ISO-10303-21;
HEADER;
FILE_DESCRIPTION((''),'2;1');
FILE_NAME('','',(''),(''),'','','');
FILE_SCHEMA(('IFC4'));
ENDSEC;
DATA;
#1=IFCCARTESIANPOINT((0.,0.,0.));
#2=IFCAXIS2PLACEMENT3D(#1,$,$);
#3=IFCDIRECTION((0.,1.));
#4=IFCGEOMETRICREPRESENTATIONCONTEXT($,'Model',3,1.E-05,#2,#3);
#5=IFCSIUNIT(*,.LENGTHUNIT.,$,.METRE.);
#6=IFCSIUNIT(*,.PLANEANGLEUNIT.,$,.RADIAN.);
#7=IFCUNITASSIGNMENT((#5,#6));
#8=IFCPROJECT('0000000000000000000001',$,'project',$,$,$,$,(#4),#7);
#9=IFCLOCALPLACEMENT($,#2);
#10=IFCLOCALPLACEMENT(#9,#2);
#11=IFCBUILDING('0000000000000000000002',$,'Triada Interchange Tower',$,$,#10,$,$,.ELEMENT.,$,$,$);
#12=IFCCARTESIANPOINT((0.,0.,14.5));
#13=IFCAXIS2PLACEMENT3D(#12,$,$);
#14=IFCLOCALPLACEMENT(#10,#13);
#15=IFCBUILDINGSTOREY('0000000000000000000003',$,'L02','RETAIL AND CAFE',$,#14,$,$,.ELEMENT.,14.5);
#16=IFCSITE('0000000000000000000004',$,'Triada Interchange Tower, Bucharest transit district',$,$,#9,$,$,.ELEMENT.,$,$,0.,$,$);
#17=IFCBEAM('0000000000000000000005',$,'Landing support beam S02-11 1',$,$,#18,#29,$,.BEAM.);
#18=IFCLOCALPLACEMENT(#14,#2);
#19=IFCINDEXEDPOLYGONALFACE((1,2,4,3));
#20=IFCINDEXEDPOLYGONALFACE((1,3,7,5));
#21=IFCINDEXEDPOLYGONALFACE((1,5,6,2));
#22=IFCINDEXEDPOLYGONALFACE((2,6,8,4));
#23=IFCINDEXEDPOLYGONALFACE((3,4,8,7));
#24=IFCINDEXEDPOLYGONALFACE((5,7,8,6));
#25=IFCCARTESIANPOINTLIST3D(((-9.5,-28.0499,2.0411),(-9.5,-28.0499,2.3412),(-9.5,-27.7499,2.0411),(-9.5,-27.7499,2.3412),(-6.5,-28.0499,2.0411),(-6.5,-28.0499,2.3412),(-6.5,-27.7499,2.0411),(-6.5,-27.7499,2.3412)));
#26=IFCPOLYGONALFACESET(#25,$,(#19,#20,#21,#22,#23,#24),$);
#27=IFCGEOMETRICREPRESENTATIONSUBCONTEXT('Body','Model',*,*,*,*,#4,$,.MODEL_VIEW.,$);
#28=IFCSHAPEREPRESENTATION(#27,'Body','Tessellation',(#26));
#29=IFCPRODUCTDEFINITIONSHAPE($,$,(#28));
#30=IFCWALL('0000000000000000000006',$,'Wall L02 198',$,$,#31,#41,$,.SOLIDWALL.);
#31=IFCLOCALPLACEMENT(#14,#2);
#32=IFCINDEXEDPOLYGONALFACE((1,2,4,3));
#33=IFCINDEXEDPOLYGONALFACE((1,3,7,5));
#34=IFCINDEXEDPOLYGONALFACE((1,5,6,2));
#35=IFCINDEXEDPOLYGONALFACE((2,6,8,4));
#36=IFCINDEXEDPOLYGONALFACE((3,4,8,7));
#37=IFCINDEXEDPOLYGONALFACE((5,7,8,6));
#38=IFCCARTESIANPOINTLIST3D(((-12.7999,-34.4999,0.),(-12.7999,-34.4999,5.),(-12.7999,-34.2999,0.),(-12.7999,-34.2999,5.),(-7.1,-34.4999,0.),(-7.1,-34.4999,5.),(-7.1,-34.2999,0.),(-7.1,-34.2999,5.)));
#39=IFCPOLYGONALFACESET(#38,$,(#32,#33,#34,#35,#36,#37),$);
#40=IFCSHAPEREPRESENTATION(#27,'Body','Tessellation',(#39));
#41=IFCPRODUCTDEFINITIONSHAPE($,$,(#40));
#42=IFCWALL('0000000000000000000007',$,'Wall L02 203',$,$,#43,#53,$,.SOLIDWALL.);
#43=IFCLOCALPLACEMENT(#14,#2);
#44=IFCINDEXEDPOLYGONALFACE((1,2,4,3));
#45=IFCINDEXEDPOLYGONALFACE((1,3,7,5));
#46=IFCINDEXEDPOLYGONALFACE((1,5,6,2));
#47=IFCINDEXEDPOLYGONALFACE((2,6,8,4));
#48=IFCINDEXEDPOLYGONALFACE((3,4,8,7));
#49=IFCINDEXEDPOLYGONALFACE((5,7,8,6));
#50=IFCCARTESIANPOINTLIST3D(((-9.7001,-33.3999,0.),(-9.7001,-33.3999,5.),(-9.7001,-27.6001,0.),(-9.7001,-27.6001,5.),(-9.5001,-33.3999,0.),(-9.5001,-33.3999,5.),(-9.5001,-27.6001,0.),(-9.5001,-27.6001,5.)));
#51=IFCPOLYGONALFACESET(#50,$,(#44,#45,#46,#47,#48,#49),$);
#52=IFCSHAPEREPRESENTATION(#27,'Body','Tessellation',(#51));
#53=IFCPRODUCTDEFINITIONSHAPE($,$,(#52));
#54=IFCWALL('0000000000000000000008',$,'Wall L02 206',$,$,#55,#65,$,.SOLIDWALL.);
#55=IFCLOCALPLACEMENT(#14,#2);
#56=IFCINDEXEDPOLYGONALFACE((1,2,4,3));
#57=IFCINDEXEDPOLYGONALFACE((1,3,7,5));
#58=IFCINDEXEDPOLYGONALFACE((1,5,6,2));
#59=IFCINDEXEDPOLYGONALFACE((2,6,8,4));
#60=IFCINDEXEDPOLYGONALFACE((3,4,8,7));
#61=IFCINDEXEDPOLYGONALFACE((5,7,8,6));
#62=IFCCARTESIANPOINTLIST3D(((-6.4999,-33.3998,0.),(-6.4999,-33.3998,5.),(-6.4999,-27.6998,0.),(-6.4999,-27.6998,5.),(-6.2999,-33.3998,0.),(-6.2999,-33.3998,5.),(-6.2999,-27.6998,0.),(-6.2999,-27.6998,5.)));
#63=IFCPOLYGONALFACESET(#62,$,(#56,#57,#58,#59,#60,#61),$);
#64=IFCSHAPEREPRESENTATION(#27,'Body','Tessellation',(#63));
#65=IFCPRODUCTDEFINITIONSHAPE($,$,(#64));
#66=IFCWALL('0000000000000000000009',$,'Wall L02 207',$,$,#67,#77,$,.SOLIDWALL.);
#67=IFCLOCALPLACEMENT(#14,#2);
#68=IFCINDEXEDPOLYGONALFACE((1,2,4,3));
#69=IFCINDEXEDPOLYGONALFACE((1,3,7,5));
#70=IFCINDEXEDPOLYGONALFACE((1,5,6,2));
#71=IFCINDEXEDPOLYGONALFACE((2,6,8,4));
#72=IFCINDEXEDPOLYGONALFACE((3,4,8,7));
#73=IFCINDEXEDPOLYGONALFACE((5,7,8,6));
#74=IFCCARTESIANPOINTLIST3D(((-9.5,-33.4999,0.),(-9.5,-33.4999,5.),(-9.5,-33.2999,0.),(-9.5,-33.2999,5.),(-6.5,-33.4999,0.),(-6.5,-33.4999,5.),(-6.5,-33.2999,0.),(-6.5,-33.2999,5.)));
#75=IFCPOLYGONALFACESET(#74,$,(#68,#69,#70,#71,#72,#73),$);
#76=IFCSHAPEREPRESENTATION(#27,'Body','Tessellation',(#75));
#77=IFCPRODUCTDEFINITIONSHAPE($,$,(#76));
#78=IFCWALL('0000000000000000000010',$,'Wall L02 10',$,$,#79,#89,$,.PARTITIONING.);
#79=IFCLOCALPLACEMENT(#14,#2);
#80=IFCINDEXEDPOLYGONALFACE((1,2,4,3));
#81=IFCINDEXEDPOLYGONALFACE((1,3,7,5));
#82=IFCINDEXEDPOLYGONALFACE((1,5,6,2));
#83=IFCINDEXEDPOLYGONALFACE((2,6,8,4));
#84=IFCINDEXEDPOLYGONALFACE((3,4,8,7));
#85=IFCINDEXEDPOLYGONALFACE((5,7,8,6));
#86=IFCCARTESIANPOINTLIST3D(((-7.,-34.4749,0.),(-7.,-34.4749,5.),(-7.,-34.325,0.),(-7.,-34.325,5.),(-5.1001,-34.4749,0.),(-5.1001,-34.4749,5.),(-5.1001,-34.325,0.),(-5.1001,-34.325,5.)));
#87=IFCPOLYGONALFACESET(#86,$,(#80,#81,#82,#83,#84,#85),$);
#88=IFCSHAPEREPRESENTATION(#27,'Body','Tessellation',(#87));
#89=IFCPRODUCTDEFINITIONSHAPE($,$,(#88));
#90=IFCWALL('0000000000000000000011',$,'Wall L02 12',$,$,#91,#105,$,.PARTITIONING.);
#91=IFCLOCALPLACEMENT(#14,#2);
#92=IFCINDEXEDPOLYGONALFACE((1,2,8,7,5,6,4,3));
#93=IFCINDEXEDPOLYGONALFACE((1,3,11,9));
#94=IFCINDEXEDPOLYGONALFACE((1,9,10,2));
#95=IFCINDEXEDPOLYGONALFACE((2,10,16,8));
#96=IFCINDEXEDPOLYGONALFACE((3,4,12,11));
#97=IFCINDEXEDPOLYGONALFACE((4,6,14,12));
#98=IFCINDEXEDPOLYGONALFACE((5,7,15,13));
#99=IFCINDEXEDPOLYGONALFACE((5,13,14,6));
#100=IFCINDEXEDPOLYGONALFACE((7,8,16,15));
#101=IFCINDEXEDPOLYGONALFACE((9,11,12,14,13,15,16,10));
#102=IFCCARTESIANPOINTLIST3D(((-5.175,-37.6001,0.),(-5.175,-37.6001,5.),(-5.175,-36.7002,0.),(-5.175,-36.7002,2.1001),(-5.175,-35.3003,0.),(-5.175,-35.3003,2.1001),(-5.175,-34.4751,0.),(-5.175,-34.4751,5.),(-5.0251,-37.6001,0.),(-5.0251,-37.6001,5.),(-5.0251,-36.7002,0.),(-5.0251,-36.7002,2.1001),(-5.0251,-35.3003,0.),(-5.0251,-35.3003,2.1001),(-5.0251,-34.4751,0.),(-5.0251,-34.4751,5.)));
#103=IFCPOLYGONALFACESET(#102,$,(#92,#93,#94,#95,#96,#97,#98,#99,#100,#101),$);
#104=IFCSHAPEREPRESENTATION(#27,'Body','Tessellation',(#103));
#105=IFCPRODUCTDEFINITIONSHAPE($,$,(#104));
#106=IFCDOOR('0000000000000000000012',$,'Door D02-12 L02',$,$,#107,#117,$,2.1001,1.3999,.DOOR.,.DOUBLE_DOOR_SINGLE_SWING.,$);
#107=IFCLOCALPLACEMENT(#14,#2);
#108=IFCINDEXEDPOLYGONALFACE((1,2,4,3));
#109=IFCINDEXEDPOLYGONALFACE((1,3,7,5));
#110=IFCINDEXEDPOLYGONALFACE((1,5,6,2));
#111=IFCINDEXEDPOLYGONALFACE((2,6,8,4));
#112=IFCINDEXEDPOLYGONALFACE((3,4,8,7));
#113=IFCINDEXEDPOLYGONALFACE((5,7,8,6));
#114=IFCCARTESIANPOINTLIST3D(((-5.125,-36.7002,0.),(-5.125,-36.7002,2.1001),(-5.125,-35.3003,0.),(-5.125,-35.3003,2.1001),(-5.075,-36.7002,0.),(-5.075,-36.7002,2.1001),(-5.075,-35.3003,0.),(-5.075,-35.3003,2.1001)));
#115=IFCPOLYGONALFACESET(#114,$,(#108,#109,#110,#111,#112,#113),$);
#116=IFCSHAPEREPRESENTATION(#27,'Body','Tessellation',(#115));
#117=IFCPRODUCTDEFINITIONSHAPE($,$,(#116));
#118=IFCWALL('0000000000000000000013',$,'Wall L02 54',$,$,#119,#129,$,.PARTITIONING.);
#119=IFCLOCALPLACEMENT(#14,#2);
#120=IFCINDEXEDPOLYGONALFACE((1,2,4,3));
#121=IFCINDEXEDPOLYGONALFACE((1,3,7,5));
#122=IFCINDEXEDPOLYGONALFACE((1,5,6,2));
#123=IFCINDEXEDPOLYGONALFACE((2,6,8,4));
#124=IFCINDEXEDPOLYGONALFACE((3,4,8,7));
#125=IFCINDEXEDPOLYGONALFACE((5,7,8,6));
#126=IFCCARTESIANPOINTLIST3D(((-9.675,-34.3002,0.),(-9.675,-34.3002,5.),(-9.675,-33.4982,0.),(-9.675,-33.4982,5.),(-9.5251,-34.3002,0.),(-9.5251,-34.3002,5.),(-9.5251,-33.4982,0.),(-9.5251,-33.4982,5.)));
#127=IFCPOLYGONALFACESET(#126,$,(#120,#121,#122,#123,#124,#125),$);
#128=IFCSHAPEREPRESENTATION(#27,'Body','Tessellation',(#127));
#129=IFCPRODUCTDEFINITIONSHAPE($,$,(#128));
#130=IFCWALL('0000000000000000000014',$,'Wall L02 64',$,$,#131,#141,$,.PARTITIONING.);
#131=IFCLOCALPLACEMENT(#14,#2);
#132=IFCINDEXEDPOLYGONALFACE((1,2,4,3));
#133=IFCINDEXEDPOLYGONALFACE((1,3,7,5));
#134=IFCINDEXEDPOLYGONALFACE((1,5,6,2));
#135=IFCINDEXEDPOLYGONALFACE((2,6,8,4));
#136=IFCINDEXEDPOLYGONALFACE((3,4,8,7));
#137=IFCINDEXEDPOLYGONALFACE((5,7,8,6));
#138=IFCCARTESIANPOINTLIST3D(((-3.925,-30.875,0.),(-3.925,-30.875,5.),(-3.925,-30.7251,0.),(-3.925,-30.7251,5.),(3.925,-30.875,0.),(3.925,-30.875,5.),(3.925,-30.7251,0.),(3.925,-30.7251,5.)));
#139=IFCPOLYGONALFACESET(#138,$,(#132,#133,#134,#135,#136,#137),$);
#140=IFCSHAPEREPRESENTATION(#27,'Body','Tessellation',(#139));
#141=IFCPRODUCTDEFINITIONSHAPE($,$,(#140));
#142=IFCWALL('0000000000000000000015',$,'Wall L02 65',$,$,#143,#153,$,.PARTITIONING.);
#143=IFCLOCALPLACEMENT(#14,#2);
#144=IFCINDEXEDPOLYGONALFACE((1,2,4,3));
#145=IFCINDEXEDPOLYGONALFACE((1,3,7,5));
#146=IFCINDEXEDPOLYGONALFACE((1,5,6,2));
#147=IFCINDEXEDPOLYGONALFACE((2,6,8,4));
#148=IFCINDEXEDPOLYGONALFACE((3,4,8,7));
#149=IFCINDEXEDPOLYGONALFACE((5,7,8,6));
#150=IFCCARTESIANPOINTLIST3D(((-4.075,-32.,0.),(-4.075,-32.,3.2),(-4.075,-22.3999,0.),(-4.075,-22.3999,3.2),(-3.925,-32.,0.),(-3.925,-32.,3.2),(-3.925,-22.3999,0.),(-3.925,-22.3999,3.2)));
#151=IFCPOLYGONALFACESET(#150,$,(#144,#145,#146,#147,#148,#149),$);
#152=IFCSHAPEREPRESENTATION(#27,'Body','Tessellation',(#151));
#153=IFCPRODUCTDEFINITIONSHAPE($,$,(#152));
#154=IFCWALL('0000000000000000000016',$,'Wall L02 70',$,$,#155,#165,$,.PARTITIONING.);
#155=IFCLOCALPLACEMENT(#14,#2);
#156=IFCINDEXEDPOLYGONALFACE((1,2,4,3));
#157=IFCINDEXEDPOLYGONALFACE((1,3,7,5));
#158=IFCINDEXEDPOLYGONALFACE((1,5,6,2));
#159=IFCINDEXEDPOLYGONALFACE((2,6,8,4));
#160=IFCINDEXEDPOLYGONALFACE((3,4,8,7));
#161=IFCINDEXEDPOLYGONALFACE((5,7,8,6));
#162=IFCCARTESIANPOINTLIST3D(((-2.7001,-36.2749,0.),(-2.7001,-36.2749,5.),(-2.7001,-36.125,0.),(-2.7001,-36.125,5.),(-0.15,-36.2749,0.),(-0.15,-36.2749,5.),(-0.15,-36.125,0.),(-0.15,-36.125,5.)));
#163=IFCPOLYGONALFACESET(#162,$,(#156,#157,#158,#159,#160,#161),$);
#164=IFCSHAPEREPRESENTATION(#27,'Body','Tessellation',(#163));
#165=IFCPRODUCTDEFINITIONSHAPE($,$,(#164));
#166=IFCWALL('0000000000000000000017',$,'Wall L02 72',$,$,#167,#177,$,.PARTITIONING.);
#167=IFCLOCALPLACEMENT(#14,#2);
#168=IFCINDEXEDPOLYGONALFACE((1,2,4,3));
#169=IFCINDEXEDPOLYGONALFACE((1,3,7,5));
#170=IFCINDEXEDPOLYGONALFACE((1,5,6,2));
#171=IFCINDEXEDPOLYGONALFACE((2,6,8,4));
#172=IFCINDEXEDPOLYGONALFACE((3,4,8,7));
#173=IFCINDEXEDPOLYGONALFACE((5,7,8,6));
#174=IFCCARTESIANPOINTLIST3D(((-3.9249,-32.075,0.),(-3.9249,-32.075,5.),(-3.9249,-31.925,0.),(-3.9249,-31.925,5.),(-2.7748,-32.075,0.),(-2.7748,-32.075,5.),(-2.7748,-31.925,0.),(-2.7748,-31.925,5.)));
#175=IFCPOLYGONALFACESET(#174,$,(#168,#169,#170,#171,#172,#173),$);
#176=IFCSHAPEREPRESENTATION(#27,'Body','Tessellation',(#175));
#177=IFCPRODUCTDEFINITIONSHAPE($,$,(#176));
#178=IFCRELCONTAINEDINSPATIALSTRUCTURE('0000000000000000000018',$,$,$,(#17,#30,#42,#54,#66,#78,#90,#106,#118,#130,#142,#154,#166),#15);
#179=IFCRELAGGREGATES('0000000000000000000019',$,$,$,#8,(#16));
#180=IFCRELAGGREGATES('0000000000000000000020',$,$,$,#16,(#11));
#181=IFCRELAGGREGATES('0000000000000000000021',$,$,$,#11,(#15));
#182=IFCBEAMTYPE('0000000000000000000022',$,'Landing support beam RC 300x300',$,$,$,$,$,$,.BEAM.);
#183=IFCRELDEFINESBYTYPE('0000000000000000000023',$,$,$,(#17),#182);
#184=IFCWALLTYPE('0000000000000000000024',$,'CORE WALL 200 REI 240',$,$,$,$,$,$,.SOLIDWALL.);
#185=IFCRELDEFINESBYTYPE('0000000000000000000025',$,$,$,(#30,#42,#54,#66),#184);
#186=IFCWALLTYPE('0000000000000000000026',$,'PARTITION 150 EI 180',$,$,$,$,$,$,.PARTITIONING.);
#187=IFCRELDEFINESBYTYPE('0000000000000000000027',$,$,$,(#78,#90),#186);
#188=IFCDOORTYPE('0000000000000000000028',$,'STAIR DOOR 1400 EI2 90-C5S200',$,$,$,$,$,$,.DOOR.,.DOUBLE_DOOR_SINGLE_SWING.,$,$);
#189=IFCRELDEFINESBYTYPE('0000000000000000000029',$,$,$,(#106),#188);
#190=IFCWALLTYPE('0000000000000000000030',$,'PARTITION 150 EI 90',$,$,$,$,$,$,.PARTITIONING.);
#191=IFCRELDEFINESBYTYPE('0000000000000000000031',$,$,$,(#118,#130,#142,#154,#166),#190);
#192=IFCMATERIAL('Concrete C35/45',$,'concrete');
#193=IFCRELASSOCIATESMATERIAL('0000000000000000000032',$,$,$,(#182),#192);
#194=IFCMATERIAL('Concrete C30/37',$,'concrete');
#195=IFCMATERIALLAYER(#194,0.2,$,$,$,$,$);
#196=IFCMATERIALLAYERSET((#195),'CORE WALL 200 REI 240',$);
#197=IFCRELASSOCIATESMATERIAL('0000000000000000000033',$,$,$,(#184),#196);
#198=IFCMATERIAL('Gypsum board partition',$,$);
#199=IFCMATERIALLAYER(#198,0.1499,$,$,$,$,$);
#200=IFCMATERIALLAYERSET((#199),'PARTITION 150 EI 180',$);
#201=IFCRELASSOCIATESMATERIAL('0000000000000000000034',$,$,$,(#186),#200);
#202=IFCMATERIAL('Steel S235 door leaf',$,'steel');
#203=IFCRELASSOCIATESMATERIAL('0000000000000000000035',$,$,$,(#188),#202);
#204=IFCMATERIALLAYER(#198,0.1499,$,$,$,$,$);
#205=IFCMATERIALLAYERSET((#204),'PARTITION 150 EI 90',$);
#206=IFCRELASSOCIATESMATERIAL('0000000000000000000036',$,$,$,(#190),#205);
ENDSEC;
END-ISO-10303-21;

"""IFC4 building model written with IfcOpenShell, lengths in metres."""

from ifc_helpers import new_model, si_unit, direction, frame, frame_2d, origin, origin_2d, place, context, subcontext, project, spatial, rectangle, extrude, material, layer, layer_set, material_profile, profile_set, type_object, element, fill, save


model = new_model("IFC4")

# Units and contexts
model_context = context("Model", 3, precision=1e-05, world=origin(), true_north=direction((0.0, 1.0)))
body_context = subcontext(model_context, "Body", "Model", "MODEL_VIEW")
ifc_project = project(units=[si_unit("LENGTHUNIT", "METRE"), si_unit("PLANEANGLEUNIT", "RADIAN")], contexts=[model_context])

# Site, building, storey
site_placement = place(None, origin())
site = spatial("IfcSite", under=ifc_project, at=site_placement, Name="Triada Interchange Tower, Bucharest transit district", CompositionType="ELEMENT", RefElevation=0.0)
building_placement = place(site_placement, origin())
building = spatial("IfcBuilding", under=site, at=building_placement, Name="Triada Interchange Tower", CompositionType="ELEMENT")
storey_placement = place(building_placement, frame((0.0, 0.0, 14.5)))
storey = spatial("IfcBuildingStorey", under=building, at=storey_placement, Name="L02", Description="RETAIL AND CAFE", CompositionType="ELEMENT", Elevation=14.5)

# Beam
ifc_material_1 = material(Name="Concrete C35/45", Category="concrete")
ifc_material_profile = material_profile(ifc_material_1, rectangle(XDim=0.3, YDim=0.3, at=origin_2d()), Name="RC 300x300")
ifc_profile_set = profile_set([ifc_material_profile], Name="Concrete C35/45")
beam_type = type_object("IfcBeamType", Name="Landing support beam RC 300x300", PredefinedType="BEAM", material=ifc_profile_set)
beam_placement = place(storey_placement, frame((-6.5, -27.8999, 2.1912), z_axis=(-1.0, 0.0, 0.0), x_axis=(0.0, -1.0, 0.0)))
element("IfcBeam", 1, at=beam_placement, inside=storey, type_object=beam_type, Name="Landing support beam S02-11 1", PredefinedType="BEAM", context=body_context, shape_type="SweptSolid", body=[
    extrude(rectangle(XDim=0.3, YDim=0.3, at=origin_2d()), origin(), (0.0, 0.0, 1.0), 3.0),
])

# Walls
ifc_material_2 = material(Name="Concrete C30/37", Category="concrete")
ifc_layer_1 = layer(ifc_material_2, 0.2)
ifc_layer_set_1 = layer_set([ifc_layer_1], Name="CORE WALL 200 REI 240")
wall_type_1 = type_object("IfcWallType", Name="CORE WALL 200 REI 240", PredefinedType="SOLIDWALL", material=ifc_layer_set_1)
wall_1_placement = place(storey_placement, frame((-12.8, -34.3999, 0.0), z_axis=(0.0, 0.0, 1.0), x_axis=(1.0, 0.0, 0.0)))
element("IfcWall", 2, at=wall_1_placement, inside=storey, type_object=wall_type_1, Name="Wall L02 198", PredefinedType="SOLIDWALL", context=body_context, shape_type="SweptSolid", body=[
    extrude(rectangle(XDim=5.7, YDim=0.2, at=frame_2d((2.8501, 0.0))), origin(), (0.0, 0.0, 1.0), 5.0),
])
wall_2_placement = place(storey_placement, frame((-9.6001, -33.3999, 0.0), z_axis=(0.0, 0.0, 1.0), x_axis=(0.0, 1.0, 0.0)))
element("IfcWall", 3, at=wall_2_placement, inside=storey, type_object=wall_type_1, Name="Wall L02 203", PredefinedType="SOLIDWALL", context=body_context, shape_type="SweptSolid", body=[
    extrude(rectangle(XDim=5.7998, YDim=0.2, at=frame_2d((2.8999, 0.0))), origin(), (0.0, 0.0, 1.0), 5.0),
])
wall_3_placement = place(storey_placement, frame((-6.3999, -33.3999, 0.0), z_axis=(0.0, 0.0, 1.0), x_axis=(0.0, 1.0, 0.0)))
element("IfcWall", 4, at=wall_3_placement, inside=storey, type_object=wall_type_1, Name="Wall L02 206", PredefinedType="SOLIDWALL", context=body_context, shape_type="SweptSolid", body=[
    extrude(rectangle(XDim=5.7, YDim=0.2, at=frame_2d((2.8501, 0.0))), origin(), (0.0, 0.0, 1.0), 5.0),
])
wall_4_placement = place(storey_placement, frame((-9.5, -33.3999, 0.0), z_axis=(0.0, 0.0, 1.0), x_axis=(1.0, 0.0, 0.0)))
element("IfcWall", 5, at=wall_4_placement, inside=storey, type_object=wall_type_1, Name="Wall L02 207", PredefinedType="SOLIDWALL", context=body_context, shape_type="SweptSolid", body=[
    extrude(rectangle(XDim=3.0, YDim=0.2, at=frame_2d((1.5, 0.0))), origin(), (0.0, 0.0, 1.0), 5.0),
])
ifc_material_3 = material(Name="Gypsum board partition")
ifc_layer_2 = layer(ifc_material_3, 0.1499)
ifc_layer_set_2 = layer_set([ifc_layer_2], Name="PARTITION 150 EI 180")
wall_type_2 = type_object("IfcWallType", Name="PARTITION 150 EI 180", PredefinedType="PARTITIONING", material=ifc_layer_set_2)
wall_5_placement = place(storey_placement, frame((-7.0, -34.3999, 0.0), z_axis=(0.0, 0.0, 1.0), x_axis=(1.0, 0.0, 0.0)))
element("IfcWall", 6, at=wall_5_placement, inside=storey, type_object=wall_type_2, Name="Wall L02 10", PredefinedType="PARTITIONING", context=body_context, shape_type="SweptSolid", body=[
    extrude(rectangle(XDim=1.8999, YDim=0.1499, at=frame_2d((0.95, 0.0))), origin(), (0.0, 0.0, 1.0), 5.0),
])

# Wall, opening, door
wall_6_placement = place(storey_placement, frame((-5.1001, -37.6001, 0.0), z_axis=(0.0, 0.0, 1.0), x_axis=(0.0, 1.0, 0.0)))
wall_6 = element("IfcWall", 7, at=wall_6_placement, inside=storey, type_object=wall_type_2, Name="Wall L02 12", PredefinedType="PARTITIONING", context=body_context, shape_type="SweptSolid", body=[
    extrude(rectangle(XDim=3.125, YDim=0.1499, at=frame_2d((1.5625, 0.0))), origin(), (0.0, 0.0, 1.0), 5.0),
])
opening_placement = place(wall_6_placement, frame((0.8999, 0.0, 0.0)))
opening = element("IfcOpeningElement", 8, at=opening_placement, cuts=wall_6, PredefinedType="OPENING", context=body_context, shape_type="SweptSolid", body=[
    extrude(rectangle(XDim=1.3999, YDim=2.1001, at=frame_2d((0.7, 1.05))), frame((0.0, 0.085, 0.0), z_axis=(0.0, -1.0, 0.0), x_axis=(1.0, 0.0, 0.0)), (0.0, 0.0, 1.0), 0.1699),
])
ifc_material_4 = material(Name="Steel S235 door leaf", Category="steel")
door_type = type_object("IfcDoorType", Name="STAIR DOOR 1400 EI2 90-C5S200", OperationType="DOUBLE_DOOR_SINGLE_SWING", PredefinedType="DOOR", material=ifc_material_4)
door_placement = place(opening_placement, origin())
door = element("IfcDoor", 9, at=door_placement, inside=storey, type_object=door_type, Name="Door D02-12 L02", OperationType="DOUBLE_DOOR_SINGLE_SWING", OverallHeight=2.1001, OverallWidth=1.3999, PredefinedType="DOOR", context=body_context, shape_type="SweptSolid", body=[
    extrude(rectangle(XDim=1.3999, YDim=2.1001, at=frame_2d((0.7, 1.05))), frame((0.0, 0.0249, 0.0), z_axis=(0.0, -1.0, 0.0), x_axis=(1.0, 0.0, 0.0)), (0.0, 0.0, 1.0), 0.05),
])
fill(opening, door)

# Walls
ifc_layer_3 = layer(ifc_material_3, 0.1499)
ifc_layer_set_3 = layer_set([ifc_layer_3], Name="PARTITION 150 EI 90")
wall_type_3 = type_object("IfcWallType", Name="PARTITION 150 EI 90", PredefinedType="PARTITIONING", material=ifc_layer_set_3)
wall_7_placement = place(storey_placement, frame((-9.6001, -34.3, 0.0), z_axis=(0.0, 0.0, 1.0), x_axis=(0.0, 1.0, 0.0)))
element("IfcWall", 10, at=wall_7_placement, inside=storey, type_object=wall_type_3, Name="Wall L02 54", PredefinedType="PARTITIONING", context=body_context, shape_type="SweptSolid", body=[
    extrude(rectangle(XDim=0.802, YDim=0.1499, at=frame_2d((0.4009, 0.0))), origin(), (0.0, 0.0, 1.0), 5.0),
])
wall_8_placement = place(storey_placement, frame((-3.925, -30.8, 0.0), z_axis=(0.0, 0.0, 1.0), x_axis=(1.0, 0.0, 0.0)))
element("IfcWall", 11, at=wall_8_placement, inside=storey, type_object=wall_type_3, Name="Wall L02 64", PredefinedType="PARTITIONING", context=body_context, shape_type="SweptSolid", body=[
    extrude(rectangle(XDim=7.8501, YDim=0.1499, at=frame_2d((3.925, 0.0))), origin(), (0.0, 0.0, 1.0), 5.0),
])
wall_9_placement = place(storey_placement, frame((-4.0, -32.0, 0.0), z_axis=(0.0, 0.0, 1.0), x_axis=(0.0, 1.0, 0.0)))
element("IfcWall", 12, at=wall_9_placement, inside=storey, type_object=wall_type_3, Name="Wall L02 65", PredefinedType="PARTITIONING", context=body_context, shape_type="SweptSolid", body=[
    extrude(rectangle(XDim=9.6001, YDim=0.1499, at=frame_2d((4.8, 0.0))), origin(), (0.0, 0.0, 1.0), 3.2),
])
wall_10_placement = place(storey_placement, frame((-2.7, -36.2, 0.0), z_axis=(0.0, 0.0, 1.0), x_axis=(1.0, 0.0, 0.0)))
element("IfcWall", 13, at=wall_10_placement, inside=storey, type_object=wall_type_3, Name="Wall L02 70", PredefinedType="PARTITIONING", context=body_context, shape_type="SweptSolid", body=[
    extrude(rectangle(XDim=2.55, YDim=0.1499, at=frame_2d((1.2749, 0.0))), origin(), (0.0, 0.0, 1.0), 5.0),
])
wall_11_placement = place(storey_placement, frame((-3.925, -32.0, 0.0), z_axis=(0.0, 0.0, 1.0), x_axis=(1.0, 0.0, 0.0)))
element("IfcWall", 14, at=wall_11_placement, inside=storey, type_object=wall_type_3, Name="Wall L02 72", PredefinedType="PARTITIONING", context=body_context, shape_type="SweptSolid", body=[
    extrude(rectangle(XDim=1.1501, YDim=0.1499, at=frame_2d((0.5752, 0.0))), origin(), (0.0, 0.0, 1.0), 5.0),
])

save(model, "model.ifc")
